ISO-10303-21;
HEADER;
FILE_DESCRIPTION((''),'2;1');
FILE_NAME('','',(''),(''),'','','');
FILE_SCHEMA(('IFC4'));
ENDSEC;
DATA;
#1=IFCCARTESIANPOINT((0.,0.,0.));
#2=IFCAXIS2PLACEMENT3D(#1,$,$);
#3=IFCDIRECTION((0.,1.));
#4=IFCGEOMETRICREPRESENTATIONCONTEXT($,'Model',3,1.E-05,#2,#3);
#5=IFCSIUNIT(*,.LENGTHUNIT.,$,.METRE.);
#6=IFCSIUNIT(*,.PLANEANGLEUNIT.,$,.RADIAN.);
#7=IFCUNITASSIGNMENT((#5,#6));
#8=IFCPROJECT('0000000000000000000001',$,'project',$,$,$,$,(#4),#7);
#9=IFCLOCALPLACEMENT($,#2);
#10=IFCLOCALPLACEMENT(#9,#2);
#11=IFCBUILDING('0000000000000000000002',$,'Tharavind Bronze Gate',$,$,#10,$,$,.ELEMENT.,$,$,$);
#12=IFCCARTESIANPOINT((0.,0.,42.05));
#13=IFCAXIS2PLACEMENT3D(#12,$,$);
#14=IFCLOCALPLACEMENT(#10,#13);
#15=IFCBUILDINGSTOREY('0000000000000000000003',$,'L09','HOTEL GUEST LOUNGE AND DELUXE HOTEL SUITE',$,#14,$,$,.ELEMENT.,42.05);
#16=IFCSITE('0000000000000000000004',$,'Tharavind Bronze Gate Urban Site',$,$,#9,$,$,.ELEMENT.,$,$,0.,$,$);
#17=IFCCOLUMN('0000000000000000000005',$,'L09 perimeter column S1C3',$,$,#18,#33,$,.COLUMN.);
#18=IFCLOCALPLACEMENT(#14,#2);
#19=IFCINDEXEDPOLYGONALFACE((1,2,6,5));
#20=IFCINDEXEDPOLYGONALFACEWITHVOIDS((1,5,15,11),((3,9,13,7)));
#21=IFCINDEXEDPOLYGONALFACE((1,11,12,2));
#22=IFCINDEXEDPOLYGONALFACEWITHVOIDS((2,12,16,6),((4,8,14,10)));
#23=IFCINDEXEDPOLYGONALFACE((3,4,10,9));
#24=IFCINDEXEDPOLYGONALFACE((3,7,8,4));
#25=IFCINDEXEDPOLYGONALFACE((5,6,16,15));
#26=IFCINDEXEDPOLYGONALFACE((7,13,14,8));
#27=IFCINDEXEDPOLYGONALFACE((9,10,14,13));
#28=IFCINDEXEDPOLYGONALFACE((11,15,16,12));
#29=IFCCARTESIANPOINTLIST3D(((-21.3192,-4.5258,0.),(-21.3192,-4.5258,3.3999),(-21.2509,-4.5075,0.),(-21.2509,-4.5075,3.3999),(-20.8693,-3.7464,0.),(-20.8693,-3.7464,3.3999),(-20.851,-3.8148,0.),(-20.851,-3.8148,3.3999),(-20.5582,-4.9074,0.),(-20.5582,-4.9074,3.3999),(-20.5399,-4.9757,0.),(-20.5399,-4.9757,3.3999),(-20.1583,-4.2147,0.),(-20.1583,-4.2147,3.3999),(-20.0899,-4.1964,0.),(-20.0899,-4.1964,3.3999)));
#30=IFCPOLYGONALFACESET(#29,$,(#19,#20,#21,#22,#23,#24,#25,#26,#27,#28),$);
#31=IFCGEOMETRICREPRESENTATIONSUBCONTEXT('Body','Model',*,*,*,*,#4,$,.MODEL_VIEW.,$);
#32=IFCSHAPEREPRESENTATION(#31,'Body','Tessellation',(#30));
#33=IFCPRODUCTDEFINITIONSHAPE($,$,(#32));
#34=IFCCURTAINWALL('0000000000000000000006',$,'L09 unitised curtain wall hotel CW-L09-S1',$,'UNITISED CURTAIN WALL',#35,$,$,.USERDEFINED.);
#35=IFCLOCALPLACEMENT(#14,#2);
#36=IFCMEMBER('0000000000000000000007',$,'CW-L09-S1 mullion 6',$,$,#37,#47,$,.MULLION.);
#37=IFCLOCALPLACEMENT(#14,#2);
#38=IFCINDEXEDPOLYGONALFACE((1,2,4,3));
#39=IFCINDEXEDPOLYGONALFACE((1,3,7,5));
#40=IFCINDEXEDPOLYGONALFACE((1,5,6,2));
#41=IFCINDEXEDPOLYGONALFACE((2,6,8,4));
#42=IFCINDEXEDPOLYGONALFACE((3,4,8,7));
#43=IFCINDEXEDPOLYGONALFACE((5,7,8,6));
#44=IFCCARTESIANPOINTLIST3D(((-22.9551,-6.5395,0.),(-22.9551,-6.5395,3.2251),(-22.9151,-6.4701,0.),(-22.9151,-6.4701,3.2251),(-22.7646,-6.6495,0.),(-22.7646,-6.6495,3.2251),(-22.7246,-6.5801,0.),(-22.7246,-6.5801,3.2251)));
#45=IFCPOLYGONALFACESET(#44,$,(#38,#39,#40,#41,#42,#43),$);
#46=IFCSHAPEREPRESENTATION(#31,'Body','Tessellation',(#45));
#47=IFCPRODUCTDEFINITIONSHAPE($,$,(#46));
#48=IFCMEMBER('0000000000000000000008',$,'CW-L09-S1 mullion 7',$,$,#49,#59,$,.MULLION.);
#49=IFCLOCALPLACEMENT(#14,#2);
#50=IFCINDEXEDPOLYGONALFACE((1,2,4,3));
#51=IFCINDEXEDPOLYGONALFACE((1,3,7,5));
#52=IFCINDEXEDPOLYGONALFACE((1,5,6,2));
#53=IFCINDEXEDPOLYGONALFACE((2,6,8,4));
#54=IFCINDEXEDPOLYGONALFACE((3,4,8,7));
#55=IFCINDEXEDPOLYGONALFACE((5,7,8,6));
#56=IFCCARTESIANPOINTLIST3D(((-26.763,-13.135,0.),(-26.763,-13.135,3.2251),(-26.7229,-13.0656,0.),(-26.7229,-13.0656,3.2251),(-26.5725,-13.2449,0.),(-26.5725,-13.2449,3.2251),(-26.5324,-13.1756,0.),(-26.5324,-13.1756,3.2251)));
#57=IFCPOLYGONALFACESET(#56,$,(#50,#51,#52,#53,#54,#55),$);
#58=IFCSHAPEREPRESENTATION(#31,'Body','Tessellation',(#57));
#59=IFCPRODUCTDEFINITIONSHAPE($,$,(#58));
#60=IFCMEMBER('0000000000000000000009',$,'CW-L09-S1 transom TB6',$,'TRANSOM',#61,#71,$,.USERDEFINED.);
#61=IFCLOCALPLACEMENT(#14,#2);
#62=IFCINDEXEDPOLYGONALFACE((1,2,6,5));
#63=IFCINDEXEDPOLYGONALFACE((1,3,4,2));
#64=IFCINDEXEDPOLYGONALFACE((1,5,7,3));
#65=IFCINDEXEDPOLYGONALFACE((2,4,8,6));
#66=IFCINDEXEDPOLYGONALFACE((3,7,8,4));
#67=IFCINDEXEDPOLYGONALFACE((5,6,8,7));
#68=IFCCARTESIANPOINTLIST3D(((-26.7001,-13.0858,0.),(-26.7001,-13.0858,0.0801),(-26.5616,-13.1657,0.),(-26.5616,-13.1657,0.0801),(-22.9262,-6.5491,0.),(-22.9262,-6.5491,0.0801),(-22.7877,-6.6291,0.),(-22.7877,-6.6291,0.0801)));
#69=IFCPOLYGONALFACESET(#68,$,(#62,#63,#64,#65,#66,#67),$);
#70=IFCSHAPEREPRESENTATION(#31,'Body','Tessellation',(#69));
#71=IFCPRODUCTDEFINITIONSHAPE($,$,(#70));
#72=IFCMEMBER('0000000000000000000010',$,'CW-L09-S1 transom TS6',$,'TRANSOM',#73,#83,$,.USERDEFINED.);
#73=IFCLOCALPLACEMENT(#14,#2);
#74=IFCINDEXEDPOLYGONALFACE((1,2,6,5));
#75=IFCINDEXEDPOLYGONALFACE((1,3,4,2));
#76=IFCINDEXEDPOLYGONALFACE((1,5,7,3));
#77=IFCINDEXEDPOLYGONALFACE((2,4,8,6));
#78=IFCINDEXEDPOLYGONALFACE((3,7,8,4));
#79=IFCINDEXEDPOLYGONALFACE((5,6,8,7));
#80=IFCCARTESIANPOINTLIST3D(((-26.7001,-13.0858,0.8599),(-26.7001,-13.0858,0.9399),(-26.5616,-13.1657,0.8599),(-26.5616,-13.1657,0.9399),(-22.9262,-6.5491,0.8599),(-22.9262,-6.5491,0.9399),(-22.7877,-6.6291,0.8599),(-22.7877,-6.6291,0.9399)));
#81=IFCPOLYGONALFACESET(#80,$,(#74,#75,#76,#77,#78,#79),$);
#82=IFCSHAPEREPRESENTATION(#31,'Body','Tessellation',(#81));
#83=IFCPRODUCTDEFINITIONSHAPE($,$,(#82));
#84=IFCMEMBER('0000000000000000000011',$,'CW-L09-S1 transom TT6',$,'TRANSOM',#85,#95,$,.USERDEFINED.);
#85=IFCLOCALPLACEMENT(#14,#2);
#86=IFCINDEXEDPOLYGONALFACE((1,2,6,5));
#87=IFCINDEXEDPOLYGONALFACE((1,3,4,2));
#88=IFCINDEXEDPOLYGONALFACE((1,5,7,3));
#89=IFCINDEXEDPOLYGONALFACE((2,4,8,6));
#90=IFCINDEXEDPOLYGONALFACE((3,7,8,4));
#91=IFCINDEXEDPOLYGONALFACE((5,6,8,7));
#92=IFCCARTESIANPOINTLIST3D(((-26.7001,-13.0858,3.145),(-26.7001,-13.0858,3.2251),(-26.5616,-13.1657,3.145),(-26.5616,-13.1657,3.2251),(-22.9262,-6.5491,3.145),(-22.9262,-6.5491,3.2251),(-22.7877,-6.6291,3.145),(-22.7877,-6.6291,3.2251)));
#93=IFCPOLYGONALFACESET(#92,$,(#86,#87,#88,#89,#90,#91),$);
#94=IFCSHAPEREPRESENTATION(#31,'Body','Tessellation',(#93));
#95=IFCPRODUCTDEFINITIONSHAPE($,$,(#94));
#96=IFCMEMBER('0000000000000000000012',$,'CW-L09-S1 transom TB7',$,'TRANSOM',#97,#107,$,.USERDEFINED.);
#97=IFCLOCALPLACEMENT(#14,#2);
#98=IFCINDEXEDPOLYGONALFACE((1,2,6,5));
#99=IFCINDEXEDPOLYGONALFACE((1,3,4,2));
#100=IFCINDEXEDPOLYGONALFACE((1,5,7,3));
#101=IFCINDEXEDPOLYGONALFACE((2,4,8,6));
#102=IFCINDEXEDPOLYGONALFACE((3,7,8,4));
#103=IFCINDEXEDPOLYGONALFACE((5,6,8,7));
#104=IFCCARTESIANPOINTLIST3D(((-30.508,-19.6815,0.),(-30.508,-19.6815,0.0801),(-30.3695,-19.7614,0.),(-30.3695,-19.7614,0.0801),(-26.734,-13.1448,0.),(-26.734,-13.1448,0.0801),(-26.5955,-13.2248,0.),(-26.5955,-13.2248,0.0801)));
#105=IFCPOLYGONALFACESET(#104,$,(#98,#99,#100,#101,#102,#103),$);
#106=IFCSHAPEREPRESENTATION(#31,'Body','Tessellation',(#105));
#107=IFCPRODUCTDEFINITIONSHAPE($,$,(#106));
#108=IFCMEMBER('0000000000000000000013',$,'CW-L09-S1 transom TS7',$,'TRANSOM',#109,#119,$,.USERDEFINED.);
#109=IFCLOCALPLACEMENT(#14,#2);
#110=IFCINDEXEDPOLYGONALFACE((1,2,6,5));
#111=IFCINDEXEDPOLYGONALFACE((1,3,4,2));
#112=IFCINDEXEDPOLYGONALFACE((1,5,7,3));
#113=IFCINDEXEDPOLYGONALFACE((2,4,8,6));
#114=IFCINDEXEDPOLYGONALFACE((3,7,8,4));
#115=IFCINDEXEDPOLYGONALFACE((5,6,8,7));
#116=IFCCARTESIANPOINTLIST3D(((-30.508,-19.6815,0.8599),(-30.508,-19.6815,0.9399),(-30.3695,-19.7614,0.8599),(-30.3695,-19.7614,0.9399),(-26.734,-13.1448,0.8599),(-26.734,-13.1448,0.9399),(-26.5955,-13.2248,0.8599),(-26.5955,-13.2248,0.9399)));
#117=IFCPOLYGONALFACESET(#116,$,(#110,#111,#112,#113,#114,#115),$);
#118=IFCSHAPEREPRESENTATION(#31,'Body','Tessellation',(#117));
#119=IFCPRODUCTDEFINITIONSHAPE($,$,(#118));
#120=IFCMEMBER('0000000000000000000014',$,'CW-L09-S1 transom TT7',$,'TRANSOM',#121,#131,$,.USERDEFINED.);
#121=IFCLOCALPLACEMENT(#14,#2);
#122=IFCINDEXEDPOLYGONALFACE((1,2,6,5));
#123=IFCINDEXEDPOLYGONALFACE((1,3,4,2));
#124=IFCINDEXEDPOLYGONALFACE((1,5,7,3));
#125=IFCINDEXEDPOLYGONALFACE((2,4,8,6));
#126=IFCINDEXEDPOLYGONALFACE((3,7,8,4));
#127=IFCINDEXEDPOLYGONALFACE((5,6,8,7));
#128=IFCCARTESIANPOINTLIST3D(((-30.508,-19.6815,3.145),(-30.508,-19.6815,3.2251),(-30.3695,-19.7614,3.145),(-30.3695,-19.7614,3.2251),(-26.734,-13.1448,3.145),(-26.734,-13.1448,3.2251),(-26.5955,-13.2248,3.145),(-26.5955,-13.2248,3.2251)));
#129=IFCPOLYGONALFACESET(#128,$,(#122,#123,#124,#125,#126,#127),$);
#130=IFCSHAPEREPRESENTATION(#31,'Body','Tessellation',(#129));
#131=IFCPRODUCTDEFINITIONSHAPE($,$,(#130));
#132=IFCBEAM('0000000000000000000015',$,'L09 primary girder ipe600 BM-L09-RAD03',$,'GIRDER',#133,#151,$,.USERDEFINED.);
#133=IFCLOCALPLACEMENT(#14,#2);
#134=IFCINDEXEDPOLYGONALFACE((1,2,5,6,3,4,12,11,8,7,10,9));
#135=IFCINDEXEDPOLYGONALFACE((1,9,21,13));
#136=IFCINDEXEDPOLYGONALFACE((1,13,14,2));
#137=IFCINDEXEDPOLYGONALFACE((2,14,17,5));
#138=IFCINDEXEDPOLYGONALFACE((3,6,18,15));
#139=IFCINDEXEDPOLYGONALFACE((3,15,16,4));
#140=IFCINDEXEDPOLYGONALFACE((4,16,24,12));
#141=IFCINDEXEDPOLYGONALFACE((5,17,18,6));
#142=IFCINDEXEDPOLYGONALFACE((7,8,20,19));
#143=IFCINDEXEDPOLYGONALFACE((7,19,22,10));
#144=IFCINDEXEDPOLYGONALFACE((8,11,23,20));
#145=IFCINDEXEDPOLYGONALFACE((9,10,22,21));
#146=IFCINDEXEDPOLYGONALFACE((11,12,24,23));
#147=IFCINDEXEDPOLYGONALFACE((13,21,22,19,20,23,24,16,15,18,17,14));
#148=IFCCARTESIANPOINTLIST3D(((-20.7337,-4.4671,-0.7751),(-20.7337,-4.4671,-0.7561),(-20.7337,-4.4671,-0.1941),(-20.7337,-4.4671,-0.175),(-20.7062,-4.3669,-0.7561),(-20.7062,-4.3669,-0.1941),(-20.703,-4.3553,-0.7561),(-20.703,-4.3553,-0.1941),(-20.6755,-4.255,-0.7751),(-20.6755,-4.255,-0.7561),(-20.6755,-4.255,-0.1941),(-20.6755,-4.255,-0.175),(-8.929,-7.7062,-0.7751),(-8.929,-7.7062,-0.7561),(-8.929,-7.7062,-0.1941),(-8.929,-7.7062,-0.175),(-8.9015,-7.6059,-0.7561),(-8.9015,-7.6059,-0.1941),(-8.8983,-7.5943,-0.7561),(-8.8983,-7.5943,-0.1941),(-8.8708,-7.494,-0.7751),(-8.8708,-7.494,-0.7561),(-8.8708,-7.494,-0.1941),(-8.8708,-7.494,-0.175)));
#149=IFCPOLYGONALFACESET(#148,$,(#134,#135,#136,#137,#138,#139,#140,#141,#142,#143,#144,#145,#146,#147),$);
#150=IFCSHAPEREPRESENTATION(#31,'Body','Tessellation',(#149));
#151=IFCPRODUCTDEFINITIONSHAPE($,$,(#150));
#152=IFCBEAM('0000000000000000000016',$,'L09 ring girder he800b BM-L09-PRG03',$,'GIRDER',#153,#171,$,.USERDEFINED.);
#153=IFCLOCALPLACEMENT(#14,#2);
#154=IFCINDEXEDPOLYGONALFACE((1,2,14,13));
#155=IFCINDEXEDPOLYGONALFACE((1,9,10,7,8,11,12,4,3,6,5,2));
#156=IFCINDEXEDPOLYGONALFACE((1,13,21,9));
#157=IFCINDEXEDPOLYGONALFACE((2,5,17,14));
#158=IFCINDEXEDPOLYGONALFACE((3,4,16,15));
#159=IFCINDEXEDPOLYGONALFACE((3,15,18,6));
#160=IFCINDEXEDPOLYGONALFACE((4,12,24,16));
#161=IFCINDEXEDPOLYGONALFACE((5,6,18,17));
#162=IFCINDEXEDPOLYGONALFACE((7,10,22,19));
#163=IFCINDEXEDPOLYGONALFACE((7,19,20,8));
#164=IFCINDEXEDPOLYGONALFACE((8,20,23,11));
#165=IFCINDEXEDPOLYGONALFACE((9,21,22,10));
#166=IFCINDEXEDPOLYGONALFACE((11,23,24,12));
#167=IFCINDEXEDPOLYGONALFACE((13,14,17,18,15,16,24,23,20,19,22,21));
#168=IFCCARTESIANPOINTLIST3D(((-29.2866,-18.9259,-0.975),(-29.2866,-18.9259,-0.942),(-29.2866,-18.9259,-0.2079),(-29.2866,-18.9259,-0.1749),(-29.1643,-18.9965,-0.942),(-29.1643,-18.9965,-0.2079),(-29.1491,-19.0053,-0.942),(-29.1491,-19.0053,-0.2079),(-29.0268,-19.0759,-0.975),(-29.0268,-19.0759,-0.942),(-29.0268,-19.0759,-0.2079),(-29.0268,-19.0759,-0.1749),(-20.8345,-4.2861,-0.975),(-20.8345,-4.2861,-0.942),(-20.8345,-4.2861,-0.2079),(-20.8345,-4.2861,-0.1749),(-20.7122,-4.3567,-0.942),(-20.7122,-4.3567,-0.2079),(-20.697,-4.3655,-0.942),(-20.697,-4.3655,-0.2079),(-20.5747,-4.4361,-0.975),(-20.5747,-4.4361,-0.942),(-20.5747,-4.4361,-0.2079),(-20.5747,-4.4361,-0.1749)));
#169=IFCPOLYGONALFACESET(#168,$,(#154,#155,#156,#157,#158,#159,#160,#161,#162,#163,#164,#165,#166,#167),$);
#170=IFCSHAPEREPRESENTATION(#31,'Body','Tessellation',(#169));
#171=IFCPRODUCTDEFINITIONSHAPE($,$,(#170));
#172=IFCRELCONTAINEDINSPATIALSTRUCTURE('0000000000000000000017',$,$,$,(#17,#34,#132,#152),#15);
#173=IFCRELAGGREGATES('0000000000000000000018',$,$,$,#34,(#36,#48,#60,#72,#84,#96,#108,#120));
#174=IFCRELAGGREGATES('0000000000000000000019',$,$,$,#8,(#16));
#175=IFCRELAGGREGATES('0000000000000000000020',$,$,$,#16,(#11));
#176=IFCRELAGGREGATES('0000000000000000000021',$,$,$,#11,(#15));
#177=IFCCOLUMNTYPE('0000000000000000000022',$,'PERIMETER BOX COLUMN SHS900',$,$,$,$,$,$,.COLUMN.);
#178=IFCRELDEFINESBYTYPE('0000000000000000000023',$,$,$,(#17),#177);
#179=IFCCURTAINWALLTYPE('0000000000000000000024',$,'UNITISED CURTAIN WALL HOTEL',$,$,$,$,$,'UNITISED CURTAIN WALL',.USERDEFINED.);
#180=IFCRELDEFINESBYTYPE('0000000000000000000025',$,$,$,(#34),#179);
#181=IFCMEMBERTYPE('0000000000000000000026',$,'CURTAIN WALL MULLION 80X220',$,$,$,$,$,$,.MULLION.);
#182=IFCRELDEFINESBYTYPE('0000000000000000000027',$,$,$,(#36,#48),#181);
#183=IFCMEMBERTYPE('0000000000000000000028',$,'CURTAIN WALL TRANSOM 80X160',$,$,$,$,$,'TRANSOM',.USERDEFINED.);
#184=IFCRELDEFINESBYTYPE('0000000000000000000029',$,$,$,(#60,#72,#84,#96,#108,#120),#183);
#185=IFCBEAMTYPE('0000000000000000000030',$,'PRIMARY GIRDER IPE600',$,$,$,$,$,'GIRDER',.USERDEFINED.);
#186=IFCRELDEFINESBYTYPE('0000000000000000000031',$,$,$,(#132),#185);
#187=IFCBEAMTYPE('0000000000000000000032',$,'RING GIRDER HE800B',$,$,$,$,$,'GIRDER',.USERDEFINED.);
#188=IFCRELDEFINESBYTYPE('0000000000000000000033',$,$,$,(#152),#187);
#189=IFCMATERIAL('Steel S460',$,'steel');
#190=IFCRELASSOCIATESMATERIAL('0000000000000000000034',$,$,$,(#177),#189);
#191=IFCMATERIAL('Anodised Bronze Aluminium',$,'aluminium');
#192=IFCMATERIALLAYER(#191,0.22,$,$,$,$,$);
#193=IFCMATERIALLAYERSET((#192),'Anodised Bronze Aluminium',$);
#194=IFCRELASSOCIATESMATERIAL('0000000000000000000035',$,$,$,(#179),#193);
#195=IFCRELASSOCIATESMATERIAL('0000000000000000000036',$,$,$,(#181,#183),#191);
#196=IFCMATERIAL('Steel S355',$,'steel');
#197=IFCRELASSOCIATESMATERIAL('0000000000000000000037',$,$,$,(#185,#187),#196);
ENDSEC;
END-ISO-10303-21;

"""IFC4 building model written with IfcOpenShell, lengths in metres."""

from ifc_helpers import new_model, si_unit, direction, frame, origin, origin_2d, place, context, subcontext, project, spatial, rectangle, hollow_rectangle, i_section, extrude, material, layer, layer_set, material_profile, profile_set, type_object, element, aggregate, save


model = new_model("IFC4")

# Units and contexts
model_context = context("Model", 3, precision=1e-05, world=origin(), true_north=direction((0.0, 1.0)))
body_context = subcontext(model_context, "Body", "Model", "MODEL_VIEW")
ifc_project = project(units=[si_unit("LENGTHUNIT", "METRE"), si_unit("PLANEANGLEUNIT", "RADIAN")], contexts=[model_context])

# Site, building, storey
site_placement = place(None, origin())
site = spatial("IfcSite", under=ifc_project, at=site_placement, Name="Tharavind Bronze Gate Urban Site", CompositionType="ELEMENT", RefElevation=0.0)
building_placement = place(site_placement, origin())
building = spatial("IfcBuilding", under=site, at=building_placement, Name="Tharavind Bronze Gate", CompositionType="ELEMENT")
storey_placement = place(building_placement, frame((0.0, 0.0, 42.05)))
storey = spatial("IfcBuildingStorey", under=building, at=storey_placement, Name="L09", Description="HOTEL GUEST LOUNGE AND DELUXE HOTEL SUITE", CompositionType="ELEMENT", Elevation=42.05)

# Column
ifc_material_1 = material(Name="Steel S460", Category="steel")
ifc_material_profile_1 = material_profile(ifc_material_1, hollow_rectangle(XDim=0.8999, YDim=0.8999, WallThickness=0.05, at=origin_2d()), Name="SHS900X50")
ifc_profile_set_1 = profile_set([ifc_material_profile_1], Name="Steel S460")
column_type = type_object("IfcColumnType", Name="PERIMETER BOX COLUMN SHS900", PredefinedType="COLUMN", material=ifc_profile_set_1)
column_placement = place(storey_placement, frame((-20.7046, -4.3611, 0.0), z_axis=(0.0, 0.0, 1.0), x_axis=(0.500002, 0.866025, 0.0)))
element("IfcColumn", 1, at=column_placement, inside=storey, type_object=column_type, Name="L09 perimeter column S1C3", PredefinedType="COLUMN", context=body_context, shape_type="SweptSolid", body=[
    extrude(hollow_rectangle(XDim=0.8999, YDim=0.8999, WallThickness=0.05, at=origin_2d()), origin(), (0.0, 0.0, 1.0), 3.3999),
])

# Curtain wall, members
ifc_material_2 = material(Name="Anodised Bronze Aluminium", Category="aluminium")
ifc_layer_1 = layer(ifc_material_2, 0.22)
ifc_layer_set_1 = layer_set([ifc_layer_1], Name="Anodised Bronze Aluminium")
curtain_wall_type = type_object("IfcCurtainWallType", Name="UNITISED CURTAIN WALL HOTEL", ElementType="UNITISED CURTAIN WALL", PredefinedType="USERDEFINED", material=ifc_layer_set_1)
curtain_wall_placement = place(storey_placement, origin())
curtain_wall = element("IfcCurtainWall", 2, at=curtain_wall_placement, inside=storey, type_object=curtain_wall_type, Name="L09 unitised curtain wall hotel CW-L09-S1", ObjectType="UNITISED CURTAIN WALL", PredefinedType="USERDEFINED")
member_type_1 = type_object("IfcMemberType", Name="CURTAIN WALL MULLION 80X220", PredefinedType="MULLION", material=ifc_material_2)
member_1_placement = place(storey_placement, frame((-22.8398, -6.5598, 0.0), z_axis=(0.0, 0.0, 1.0), x_axis=(-0.500002, -0.866025, 0.0)))
member_1 = element("IfcMember", 3, at=member_1_placement, type_object=member_type_1, Name="CW-L09-S1 mullion 6", PredefinedType="MULLION", context=body_context, shape_type="SweptSolid", body=[
    extrude(rectangle(XDim=0.0801, YDim=0.22, at=origin_2d()), origin(), (0.0, 0.0, 1.0), 3.2251),
])
member_2_placement = place(storey_placement, frame((-26.6477, -13.1553, 0.0), z_axis=(0.0, 0.0, 1.0), x_axis=(-0.500002, -0.866025, 0.0)))
member_2 = element("IfcMember", 4, at=member_2_placement, type_object=member_type_1, Name="CW-L09-S1 mullion 7", PredefinedType="MULLION", context=body_context, shape_type="SweptSolid", body=[
    extrude(rectangle(XDim=0.0801, YDim=0.22, at=origin_2d()), origin(), (0.0, 0.0, 1.0), 3.2251),
])
member_type_2 = type_object("IfcMemberType", Name="CURTAIN WALL TRANSOM 80X160", ElementType="TRANSOM", PredefinedType="USERDEFINED", material=ifc_material_2)
member_3_placement = place(storey_placement, frame((-24.7439, -9.8574, 0.0), z_axis=(0.0, 0.0, 1.0), x_axis=(-0.500002, -0.866025, 0.0)))
member_3 = element("IfcMember", 5, at=member_3_placement, type_object=member_type_2, Name="CW-L09-S1 transom TB6", ObjectType="TRANSOM", PredefinedType="USERDEFINED", context=body_context, shape_type="SweptSolid", body=[
    extrude(rectangle(XDim=7.5479, YDim=0.1599, at=origin_2d()), origin(), (0.0, 0.0, 1.0), 0.0801),
])
member_4_placement = place(storey_placement, frame((-24.7439, -9.8574, 0.8599), z_axis=(0.0, 0.0, 1.0), x_axis=(-0.500002, -0.866025, 0.0)))
member_4 = element("IfcMember", 6, at=member_4_placement, type_object=member_type_2, Name="CW-L09-S1 transom TS6", ObjectType="TRANSOM", PredefinedType="USERDEFINED", context=body_context, shape_type="SweptSolid", body=[
    extrude(rectangle(XDim=7.5479, YDim=0.1599, at=origin_2d()), origin(), (0.0, 0.0, 1.0), 0.0801),
])
member_5_placement = place(storey_placement, frame((-24.7439, -9.8574, 3.145), z_axis=(0.0, 0.0, 1.0), x_axis=(-0.500002, -0.866025, 0.0)))
member_5 = element("IfcMember", 7, at=member_5_placement, type_object=member_type_2, Name="CW-L09-S1 transom TT6", ObjectType="TRANSOM", PredefinedType="USERDEFINED", context=body_context, shape_type="SweptSolid", body=[
    extrude(rectangle(XDim=7.5479, YDim=0.1599, at=origin_2d()), origin(), (0.0, 0.0, 1.0), 0.0801),
])
member_6_placement = place(storey_placement, frame((-28.5518, -16.4531, 0.0), z_axis=(0.0, 0.0, 1.0), x_axis=(-0.500002, -0.866025, 0.0)))
member_6 = element("IfcMember", 8, at=member_6_placement, type_object=member_type_2, Name="CW-L09-S1 transom TB7", ObjectType="TRANSOM", PredefinedType="USERDEFINED", context=body_context, shape_type="SweptSolid", body=[
    extrude(rectangle(XDim=7.5479, YDim=0.1599, at=origin_2d()), origin(), (0.0, 0.0, 1.0), 0.0801),
])
member_7_placement = place(storey_placement, frame((-28.5518, -16.4531, 0.8599), z_axis=(0.0, 0.0, 1.0), x_axis=(-0.500002, -0.866025, 0.0)))
member_7 = element("IfcMember", 9, at=member_7_placement, type_object=member_type_2, Name="CW-L09-S1 transom TS7", ObjectType="TRANSOM", PredefinedType="USERDEFINED", context=body_context, shape_type="SweptSolid", body=[
    extrude(rectangle(XDim=7.5479, YDim=0.1599, at=origin_2d()), origin(), (0.0, 0.0, 1.0), 0.0801),
])
member_8_placement = place(storey_placement, frame((-28.5518, -16.4531, 3.145), z_axis=(0.0, 0.0, 1.0), x_axis=(-0.500002, -0.866025, 0.0)))
member_8 = element("IfcMember", 10, at=member_8_placement, type_object=member_type_2, Name="CW-L09-S1 transom TT7", ObjectType="TRANSOM", PredefinedType="USERDEFINED", context=body_context, shape_type="SweptSolid", body=[
    extrude(rectangle(XDim=7.5479, YDim=0.1599, at=origin_2d()), origin(), (0.0, 0.0, 1.0), 0.0801),
])

# Beams
ifc_material_3 = material(Name="Steel S355", Category="steel")
ifc_material_profile_2 = material_profile(ifc_material_3, i_section(OverallWidth=0.22, OverallDepth=0.6001, WebThickness=0.012, FlangeThickness=0.019, at=origin_2d()), Name="IPE600")
ifc_profile_set_2 = profile_set([ifc_material_profile_2], Name="Steel S355")
beam_type_1 = type_object("IfcBeamType", Name="PRIMARY GIRDER IPE600", ElementType="GIRDER", PredefinedType="USERDEFINED", material=ifc_profile_set_2)
beam_1_placement = place(storey_placement, frame((-20.7046, -4.3611, -0.4751), z_axis=(0.964357, -0.264604, 0.0), x_axis=(0.264604, 0.964357, 0.0)))
element("IfcBeam", 11, at=beam_1_placement, inside=storey, type_object=beam_type_1, Name="L09 primary girder ipe600 BM-L09-RAD03", ObjectType="GIRDER", PredefinedType="USERDEFINED", context=body_context, shape_type="SweptSolid", body=[
    extrude(i_section(OverallWidth=0.22, OverallDepth=0.6001, WebThickness=0.012, FlangeThickness=0.019, at=origin_2d()), origin(), (0.0, 0.0, 1.0), 12.241),
])
ifc_material_profile_3 = material_profile(ifc_material_3, i_section(OverallWidth=0.3, OverallDepth=0.8, WebThickness=0.0176, FlangeThickness=0.033, at=origin_2d()), Name="HE800B")
ifc_profile_set_3 = profile_set([ifc_material_profile_3], Name="Steel S355")
beam_type_2 = type_object("IfcBeamType", Name="RING GIRDER HE800B", ElementType="GIRDER", PredefinedType="USERDEFINED", material=ifc_profile_set_3)
beam_2_placement = place(storey_placement, frame((-20.7046, -4.3611, -0.575), z_axis=(-0.499991, -0.86603, 0.0), x_axis=(0.86603, -0.499991, 0.0)))
element("IfcBeam", 12, at=beam_2_placement, inside=storey, type_object=beam_type_2, Name="L09 ring girder he800b BM-L09-PRG03", ObjectType="GIRDER", PredefinedType="USERDEFINED", context=body_context, shape_type="SweptSolid", body=[
    extrude(i_section(OverallWidth=0.3, OverallDepth=0.8, WebThickness=0.0176, FlangeThickness=0.033, at=origin_2d()), origin(), (0.0, 0.0, 1.0), 16.9045),
])

aggregate(curtain_wall, [member_1, member_2, member_3, member_4, member_5, member_6, member_7, member_8])

save(model, "model.ifc")
